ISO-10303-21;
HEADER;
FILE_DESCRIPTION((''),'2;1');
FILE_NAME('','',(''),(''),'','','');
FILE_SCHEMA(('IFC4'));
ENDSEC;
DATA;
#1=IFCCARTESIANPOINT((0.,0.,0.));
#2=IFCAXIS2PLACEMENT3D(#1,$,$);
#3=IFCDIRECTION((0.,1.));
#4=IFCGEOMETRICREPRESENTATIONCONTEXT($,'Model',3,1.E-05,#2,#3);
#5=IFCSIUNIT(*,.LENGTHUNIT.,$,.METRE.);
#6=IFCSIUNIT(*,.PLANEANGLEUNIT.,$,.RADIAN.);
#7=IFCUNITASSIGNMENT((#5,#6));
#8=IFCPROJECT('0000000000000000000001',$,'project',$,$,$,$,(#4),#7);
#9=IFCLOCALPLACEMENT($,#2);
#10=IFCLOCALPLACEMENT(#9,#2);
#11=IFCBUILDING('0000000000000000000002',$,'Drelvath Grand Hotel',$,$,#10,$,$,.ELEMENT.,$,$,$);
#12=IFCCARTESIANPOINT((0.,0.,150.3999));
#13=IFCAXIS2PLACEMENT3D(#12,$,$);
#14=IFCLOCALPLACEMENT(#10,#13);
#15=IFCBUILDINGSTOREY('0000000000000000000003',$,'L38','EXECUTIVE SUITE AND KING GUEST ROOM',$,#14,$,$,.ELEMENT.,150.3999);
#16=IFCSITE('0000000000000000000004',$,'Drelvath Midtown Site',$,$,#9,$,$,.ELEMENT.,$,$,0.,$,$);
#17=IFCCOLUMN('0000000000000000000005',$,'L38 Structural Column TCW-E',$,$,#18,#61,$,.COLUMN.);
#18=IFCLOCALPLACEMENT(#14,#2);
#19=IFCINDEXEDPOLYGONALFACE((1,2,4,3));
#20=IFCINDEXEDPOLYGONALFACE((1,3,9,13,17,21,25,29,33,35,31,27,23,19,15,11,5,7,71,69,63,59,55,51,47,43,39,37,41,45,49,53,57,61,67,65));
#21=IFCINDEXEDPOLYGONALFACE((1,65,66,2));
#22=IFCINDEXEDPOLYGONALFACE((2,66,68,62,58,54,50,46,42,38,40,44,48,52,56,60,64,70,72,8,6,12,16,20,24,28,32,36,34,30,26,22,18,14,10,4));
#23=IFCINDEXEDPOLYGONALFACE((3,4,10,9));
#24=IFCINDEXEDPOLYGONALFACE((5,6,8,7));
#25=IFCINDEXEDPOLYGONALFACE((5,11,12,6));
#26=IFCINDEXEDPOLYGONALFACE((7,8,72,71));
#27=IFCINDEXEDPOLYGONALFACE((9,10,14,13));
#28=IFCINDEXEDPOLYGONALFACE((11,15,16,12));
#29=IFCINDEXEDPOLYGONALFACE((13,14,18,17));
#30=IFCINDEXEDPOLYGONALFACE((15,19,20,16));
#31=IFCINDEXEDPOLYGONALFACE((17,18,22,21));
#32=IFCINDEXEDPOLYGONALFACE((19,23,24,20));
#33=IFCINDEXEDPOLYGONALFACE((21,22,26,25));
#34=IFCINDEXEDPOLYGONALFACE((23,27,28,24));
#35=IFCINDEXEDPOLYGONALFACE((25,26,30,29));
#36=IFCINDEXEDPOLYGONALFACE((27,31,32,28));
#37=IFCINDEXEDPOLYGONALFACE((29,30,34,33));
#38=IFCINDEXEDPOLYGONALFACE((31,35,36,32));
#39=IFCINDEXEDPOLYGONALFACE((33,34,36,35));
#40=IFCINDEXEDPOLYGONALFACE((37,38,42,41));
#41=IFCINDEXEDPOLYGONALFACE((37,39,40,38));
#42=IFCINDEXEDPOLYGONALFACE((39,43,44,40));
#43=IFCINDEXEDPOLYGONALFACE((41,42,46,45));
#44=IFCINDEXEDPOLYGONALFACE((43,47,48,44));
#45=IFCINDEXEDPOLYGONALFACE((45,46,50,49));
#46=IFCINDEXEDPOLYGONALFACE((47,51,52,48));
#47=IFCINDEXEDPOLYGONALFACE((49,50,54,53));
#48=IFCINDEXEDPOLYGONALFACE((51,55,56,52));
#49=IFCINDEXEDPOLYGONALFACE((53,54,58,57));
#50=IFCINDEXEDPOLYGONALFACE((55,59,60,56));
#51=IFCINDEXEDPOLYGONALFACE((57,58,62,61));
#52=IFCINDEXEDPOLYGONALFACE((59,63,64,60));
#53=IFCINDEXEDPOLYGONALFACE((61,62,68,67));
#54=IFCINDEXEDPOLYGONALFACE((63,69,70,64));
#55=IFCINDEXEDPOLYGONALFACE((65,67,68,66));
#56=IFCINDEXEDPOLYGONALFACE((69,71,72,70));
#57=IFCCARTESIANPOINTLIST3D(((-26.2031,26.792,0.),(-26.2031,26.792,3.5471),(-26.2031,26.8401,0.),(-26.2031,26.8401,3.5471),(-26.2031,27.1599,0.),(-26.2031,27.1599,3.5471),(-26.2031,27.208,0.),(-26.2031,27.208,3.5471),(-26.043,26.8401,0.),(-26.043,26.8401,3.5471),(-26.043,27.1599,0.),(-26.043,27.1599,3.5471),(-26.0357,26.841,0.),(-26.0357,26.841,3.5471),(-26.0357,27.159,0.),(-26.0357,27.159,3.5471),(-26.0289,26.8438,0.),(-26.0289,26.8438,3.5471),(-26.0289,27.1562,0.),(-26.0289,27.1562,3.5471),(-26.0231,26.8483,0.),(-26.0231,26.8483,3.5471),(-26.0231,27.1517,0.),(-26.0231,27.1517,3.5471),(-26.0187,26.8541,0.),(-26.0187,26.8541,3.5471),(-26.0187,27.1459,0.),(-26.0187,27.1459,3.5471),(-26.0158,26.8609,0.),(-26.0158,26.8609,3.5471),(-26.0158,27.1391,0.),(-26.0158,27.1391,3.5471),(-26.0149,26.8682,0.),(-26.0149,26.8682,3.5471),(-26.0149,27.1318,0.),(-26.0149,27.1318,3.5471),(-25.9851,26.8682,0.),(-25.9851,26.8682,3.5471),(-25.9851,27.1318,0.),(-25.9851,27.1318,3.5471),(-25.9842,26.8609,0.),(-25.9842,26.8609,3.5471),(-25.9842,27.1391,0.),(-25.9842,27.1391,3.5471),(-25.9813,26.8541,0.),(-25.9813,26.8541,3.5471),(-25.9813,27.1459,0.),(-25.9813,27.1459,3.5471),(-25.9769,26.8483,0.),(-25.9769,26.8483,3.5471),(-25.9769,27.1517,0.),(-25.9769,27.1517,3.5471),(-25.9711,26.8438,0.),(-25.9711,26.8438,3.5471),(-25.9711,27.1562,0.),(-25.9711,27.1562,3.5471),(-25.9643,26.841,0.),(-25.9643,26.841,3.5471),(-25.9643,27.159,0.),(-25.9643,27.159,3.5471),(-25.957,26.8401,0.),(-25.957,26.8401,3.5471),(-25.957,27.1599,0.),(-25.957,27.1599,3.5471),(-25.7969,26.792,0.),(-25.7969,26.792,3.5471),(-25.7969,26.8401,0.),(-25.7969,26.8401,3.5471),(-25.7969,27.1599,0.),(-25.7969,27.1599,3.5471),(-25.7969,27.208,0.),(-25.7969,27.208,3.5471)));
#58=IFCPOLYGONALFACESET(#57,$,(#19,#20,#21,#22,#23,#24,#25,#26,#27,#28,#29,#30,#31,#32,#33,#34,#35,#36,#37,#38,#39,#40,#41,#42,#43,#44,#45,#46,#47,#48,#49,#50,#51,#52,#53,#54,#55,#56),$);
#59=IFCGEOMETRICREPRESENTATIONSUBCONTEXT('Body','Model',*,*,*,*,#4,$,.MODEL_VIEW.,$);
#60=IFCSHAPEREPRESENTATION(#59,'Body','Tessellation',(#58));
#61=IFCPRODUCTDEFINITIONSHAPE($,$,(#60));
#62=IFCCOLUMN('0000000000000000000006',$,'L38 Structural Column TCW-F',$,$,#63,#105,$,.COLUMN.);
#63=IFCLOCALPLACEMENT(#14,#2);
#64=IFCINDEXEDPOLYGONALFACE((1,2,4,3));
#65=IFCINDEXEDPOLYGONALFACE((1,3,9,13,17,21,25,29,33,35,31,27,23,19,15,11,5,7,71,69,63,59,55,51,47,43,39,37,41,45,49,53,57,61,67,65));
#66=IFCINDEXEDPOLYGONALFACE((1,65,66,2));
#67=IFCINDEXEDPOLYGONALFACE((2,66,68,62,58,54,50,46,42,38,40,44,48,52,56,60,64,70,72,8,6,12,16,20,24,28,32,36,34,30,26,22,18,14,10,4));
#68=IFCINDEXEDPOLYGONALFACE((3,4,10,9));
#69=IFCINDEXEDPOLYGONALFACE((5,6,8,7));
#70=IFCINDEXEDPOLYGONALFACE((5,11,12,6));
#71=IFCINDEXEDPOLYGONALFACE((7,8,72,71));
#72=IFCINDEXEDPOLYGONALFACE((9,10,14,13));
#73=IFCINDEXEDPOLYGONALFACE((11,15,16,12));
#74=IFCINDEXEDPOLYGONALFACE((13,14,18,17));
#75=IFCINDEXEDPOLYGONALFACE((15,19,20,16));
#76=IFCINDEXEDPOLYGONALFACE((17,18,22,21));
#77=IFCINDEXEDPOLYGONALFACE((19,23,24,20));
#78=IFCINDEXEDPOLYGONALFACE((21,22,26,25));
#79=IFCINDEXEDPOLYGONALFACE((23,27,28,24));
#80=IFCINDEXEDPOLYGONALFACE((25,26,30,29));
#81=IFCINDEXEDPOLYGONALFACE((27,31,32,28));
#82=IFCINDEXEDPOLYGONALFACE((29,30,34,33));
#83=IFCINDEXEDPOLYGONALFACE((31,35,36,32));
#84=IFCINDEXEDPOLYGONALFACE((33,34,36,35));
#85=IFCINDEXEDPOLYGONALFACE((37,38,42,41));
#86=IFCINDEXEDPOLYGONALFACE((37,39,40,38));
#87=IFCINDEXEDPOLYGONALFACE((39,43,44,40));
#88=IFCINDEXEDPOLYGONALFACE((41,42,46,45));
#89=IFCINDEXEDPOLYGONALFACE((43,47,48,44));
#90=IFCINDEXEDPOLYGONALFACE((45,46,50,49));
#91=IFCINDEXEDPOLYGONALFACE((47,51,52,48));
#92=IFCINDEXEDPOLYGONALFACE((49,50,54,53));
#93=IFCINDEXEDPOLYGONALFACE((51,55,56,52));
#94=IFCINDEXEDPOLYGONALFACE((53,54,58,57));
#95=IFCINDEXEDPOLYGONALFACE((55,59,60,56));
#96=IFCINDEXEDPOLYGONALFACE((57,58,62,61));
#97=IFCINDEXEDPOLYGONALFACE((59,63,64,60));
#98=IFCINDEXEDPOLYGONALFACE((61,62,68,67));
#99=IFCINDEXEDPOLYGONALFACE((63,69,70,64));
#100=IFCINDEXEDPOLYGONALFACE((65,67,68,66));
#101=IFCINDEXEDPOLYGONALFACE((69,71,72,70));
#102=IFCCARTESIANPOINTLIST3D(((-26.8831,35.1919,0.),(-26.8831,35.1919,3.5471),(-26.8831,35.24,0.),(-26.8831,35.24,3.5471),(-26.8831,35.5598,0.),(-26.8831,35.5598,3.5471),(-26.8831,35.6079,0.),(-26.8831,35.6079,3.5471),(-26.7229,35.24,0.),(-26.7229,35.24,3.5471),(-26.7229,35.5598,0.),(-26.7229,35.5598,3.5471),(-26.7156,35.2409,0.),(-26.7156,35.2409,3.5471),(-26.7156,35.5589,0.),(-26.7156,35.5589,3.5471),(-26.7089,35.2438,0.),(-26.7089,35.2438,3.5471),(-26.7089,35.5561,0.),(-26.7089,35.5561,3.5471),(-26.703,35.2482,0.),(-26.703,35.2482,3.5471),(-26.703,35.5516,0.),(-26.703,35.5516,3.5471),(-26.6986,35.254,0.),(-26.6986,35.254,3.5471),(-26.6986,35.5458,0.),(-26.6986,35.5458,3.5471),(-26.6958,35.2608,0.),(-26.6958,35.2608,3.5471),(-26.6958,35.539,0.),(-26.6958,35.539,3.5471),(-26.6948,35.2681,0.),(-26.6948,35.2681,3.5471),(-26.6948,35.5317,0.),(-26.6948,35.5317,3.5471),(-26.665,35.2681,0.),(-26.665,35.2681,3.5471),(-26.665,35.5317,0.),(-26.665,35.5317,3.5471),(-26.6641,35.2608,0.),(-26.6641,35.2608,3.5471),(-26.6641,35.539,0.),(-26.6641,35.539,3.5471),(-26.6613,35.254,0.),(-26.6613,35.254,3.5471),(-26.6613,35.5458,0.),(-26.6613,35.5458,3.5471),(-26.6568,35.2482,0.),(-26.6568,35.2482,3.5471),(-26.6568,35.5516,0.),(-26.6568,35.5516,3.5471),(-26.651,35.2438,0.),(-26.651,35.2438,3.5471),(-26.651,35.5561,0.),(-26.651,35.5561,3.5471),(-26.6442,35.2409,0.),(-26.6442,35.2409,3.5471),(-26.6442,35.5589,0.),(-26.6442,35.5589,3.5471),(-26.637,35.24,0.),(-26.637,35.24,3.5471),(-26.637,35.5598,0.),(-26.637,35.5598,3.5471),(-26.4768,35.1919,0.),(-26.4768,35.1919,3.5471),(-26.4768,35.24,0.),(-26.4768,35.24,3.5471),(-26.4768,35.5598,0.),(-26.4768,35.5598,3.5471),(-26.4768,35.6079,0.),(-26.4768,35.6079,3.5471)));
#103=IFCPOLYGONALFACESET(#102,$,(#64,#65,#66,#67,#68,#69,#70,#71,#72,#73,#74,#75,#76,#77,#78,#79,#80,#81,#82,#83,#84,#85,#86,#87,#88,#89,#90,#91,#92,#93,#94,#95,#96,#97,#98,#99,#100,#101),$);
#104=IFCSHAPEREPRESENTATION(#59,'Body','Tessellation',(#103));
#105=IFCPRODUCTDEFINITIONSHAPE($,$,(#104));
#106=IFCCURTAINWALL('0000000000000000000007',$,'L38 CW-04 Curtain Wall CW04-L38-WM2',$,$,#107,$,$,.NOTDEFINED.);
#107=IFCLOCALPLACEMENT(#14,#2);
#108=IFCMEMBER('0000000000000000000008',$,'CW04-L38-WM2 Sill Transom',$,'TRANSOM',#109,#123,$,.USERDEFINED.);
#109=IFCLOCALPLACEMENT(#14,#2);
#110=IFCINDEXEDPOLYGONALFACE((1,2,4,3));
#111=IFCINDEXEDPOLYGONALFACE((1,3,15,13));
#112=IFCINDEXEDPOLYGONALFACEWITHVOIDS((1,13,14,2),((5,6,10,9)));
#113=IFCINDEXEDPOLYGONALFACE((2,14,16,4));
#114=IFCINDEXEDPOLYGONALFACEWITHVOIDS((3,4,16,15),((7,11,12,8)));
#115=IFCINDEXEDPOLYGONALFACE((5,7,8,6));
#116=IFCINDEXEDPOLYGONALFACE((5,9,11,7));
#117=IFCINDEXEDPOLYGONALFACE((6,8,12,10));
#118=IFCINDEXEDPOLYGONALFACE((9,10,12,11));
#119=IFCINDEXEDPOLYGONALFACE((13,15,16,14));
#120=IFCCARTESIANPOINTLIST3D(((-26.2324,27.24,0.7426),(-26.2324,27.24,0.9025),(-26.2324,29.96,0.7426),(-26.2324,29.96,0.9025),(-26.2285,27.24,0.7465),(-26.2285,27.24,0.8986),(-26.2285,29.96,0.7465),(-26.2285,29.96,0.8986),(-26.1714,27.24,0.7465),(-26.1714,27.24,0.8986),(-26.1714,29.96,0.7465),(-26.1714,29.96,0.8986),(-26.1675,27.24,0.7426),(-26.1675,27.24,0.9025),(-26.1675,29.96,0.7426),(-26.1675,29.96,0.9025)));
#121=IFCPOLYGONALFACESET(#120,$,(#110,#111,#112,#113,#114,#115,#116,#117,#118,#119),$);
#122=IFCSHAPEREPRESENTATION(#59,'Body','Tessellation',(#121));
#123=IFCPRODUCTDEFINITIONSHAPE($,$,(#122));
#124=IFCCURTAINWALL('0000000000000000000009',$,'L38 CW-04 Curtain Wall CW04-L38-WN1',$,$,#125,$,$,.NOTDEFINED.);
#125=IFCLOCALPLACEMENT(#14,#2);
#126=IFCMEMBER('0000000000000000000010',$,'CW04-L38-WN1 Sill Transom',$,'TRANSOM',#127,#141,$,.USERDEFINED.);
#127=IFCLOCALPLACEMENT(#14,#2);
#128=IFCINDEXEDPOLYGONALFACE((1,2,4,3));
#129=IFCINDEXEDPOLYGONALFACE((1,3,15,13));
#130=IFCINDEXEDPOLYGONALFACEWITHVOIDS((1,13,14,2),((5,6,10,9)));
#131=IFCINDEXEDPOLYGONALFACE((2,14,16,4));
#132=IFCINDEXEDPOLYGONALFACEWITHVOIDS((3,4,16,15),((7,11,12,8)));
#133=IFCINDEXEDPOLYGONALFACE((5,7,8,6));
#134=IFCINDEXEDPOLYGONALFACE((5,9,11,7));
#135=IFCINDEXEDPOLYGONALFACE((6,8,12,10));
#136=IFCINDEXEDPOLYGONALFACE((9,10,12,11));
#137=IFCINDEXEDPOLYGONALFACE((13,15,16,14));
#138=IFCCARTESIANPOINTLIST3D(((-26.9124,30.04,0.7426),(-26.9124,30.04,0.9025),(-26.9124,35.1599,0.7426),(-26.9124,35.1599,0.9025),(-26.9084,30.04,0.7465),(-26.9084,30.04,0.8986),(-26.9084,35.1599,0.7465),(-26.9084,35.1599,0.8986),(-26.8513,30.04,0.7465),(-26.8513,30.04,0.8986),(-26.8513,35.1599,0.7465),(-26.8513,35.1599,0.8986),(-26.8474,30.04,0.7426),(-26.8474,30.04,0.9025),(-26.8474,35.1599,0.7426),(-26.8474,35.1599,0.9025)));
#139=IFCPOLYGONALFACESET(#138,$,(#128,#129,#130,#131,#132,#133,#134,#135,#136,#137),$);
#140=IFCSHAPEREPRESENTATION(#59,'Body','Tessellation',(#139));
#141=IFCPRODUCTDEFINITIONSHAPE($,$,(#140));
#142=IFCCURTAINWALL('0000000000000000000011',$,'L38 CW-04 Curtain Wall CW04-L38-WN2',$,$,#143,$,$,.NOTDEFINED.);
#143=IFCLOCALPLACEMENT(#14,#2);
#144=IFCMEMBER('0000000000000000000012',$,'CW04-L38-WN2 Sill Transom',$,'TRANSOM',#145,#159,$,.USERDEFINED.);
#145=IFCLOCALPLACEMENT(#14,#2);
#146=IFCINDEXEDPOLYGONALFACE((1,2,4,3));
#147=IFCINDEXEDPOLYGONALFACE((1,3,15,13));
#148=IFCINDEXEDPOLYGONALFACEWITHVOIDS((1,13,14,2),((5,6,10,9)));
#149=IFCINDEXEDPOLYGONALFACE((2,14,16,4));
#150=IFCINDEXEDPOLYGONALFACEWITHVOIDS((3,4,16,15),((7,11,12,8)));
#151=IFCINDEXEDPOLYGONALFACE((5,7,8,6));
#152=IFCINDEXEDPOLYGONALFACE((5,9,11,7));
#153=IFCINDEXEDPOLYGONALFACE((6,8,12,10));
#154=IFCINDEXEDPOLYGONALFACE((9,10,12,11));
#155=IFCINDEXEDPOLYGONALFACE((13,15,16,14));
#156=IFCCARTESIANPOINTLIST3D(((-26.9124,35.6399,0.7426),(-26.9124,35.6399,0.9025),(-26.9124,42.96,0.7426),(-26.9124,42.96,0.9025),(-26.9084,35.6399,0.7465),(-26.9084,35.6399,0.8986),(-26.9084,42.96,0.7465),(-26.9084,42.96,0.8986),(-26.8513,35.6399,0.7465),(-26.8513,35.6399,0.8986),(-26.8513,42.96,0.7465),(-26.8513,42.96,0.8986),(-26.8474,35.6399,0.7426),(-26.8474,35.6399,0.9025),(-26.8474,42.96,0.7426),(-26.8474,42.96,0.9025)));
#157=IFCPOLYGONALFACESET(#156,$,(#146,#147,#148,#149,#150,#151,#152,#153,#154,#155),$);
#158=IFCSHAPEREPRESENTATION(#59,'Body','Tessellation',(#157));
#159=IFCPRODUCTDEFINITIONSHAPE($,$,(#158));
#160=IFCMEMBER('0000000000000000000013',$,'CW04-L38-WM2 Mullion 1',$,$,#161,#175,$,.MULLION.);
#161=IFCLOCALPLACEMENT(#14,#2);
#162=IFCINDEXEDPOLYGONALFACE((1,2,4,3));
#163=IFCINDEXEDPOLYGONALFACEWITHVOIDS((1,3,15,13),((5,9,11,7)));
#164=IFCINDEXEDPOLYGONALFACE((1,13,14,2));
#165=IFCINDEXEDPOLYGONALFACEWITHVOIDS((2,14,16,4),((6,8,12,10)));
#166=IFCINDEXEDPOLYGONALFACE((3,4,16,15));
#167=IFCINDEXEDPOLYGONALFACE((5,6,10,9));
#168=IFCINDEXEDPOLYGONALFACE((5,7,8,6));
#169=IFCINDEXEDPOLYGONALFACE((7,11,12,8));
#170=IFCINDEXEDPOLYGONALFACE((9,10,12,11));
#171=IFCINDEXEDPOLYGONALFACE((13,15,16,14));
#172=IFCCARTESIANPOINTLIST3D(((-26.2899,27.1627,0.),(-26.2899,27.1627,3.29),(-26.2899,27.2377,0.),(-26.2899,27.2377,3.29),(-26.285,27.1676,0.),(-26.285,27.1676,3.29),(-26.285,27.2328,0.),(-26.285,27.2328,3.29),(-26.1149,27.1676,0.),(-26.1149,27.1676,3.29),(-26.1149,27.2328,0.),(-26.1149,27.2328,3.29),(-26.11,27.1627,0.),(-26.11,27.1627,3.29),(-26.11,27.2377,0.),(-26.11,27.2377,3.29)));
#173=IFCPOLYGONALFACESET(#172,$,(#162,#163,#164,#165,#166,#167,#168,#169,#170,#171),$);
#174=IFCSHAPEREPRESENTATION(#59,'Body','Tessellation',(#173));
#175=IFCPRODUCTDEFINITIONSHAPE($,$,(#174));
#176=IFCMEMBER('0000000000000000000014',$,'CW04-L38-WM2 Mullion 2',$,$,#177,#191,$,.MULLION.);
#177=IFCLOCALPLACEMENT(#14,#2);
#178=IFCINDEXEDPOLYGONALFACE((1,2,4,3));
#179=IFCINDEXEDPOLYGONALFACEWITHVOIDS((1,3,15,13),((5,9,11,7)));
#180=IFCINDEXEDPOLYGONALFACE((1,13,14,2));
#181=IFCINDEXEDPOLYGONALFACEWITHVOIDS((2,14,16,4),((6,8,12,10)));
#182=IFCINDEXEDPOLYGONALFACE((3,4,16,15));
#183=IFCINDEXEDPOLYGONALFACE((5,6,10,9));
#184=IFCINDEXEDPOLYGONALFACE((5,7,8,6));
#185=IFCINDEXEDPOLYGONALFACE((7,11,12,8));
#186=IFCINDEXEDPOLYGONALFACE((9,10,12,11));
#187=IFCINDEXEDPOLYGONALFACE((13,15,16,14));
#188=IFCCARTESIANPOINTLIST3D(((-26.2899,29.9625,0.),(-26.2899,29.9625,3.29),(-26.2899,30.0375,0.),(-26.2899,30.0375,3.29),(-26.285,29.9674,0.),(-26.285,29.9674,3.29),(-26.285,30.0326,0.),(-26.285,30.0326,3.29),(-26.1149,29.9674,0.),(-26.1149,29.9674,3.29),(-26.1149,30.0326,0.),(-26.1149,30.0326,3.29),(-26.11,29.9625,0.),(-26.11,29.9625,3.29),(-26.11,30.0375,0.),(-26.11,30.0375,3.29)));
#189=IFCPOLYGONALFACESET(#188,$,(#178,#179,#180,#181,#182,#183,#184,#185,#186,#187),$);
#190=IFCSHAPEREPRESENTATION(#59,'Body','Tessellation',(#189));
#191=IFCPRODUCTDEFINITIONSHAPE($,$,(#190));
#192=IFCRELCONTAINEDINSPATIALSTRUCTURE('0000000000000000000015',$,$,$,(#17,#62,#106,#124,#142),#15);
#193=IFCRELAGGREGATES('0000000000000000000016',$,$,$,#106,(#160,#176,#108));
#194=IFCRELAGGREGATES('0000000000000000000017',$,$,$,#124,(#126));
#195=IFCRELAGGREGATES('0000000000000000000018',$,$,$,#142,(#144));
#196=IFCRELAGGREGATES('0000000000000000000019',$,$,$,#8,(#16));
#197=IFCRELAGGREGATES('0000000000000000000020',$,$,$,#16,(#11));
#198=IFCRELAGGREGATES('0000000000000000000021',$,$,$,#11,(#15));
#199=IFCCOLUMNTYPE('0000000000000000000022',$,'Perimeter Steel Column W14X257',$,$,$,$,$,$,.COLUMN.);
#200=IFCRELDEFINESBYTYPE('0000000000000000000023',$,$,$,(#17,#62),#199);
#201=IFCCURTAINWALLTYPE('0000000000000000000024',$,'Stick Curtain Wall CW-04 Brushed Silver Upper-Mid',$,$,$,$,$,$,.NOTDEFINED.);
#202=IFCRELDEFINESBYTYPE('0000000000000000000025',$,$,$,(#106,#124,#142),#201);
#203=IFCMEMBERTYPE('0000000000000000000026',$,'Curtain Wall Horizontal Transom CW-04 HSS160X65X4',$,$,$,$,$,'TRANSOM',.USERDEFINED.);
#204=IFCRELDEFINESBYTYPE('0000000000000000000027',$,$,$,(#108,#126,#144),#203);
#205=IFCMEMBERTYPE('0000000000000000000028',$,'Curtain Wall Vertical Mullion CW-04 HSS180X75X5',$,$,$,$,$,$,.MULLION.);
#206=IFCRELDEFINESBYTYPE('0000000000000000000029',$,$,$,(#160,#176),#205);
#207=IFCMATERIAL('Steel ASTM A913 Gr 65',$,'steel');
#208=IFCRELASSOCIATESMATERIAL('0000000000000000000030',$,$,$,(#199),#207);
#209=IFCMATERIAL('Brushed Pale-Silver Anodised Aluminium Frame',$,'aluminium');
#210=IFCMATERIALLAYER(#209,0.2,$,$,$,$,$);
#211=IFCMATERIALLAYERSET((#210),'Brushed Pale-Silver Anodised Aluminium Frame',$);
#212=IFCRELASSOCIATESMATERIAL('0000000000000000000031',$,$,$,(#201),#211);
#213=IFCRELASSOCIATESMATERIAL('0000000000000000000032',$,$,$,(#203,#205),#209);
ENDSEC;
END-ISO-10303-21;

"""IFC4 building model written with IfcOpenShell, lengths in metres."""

from ifc_helpers import new_model, si_unit, direction, frame, origin, origin_2d, place, context, subcontext, project, spatial, hollow_rectangle, i_section, extrude, material, layer, layer_set, material_profile, profile_set, type_object, element, aggregate, save


model = new_model("IFC4")

# Units and contexts
model_context = context("Model", 3, precision=1e-05, world=origin(), true_north=direction((0.0, 1.0)))
body_context = subcontext(model_context, "Body", "Model", "MODEL_VIEW")
ifc_project = project(units=[si_unit("LENGTHUNIT", "METRE"), si_unit("PLANEANGLEUNIT", "RADIAN")], contexts=[model_context])

# Site, building, storey
site_placement = place(None, origin())
site = spatial("IfcSite", under=ifc_project, at=site_placement, Name="Drelvath Midtown Site", CompositionType="ELEMENT", RefElevation=0.0)
building_placement = place(site_placement, origin())
building = spatial("IfcBuilding", under=site, at=building_placement, Name="Drelvath Grand Hotel", CompositionType="ELEMENT")
storey_placement = place(building_placement, frame((0.0, 0.0, 150.3999)))
storey = spatial("IfcBuildingStorey", under=building, at=storey_placement, Name="L38", Description="EXECUTIVE SUITE AND KING GUEST ROOM", CompositionType="ELEMENT", Elevation=150.3999)

# Columns
ifc_material_1 = material(Name="Steel ASTM A913 Gr 65", Category="steel")
ifc_material_profile_1 = material_profile(ifc_material_1, i_section(OverallWidth=0.4062, OverallDepth=0.416, WebThickness=0.0298, FlangeThickness=0.0481, FilletRadius=0.0281, at=origin_2d()), Name="W14X257")
ifc_profile_set_1 = profile_set([ifc_material_profile_1], Name="Steel ASTM A913 Gr 65")
column_type = type_object("IfcColumnType", Name="Perimeter Steel Column W14X257", PredefinedType="COLUMN", material=ifc_profile_set_1)
for number, where, z_axis, x_axis, name in (
    (1, (-26.0, 27.0, 0.0), (0.0, 0.0, 1.0), (1.0, 0.0, 0.0), "L38 Structural Column TCW-E"),
    (2, (-26.6799, 35.3999, 0.0), (0.0, 0.0, 1.0), (1.0, 0.0, 0.0), "L38 Structural Column TCW-F"),
):
    element("IfcColumn", number, at=place(storey_placement, frame(where, z_axis=z_axis, x_axis=x_axis)), inside=storey, type_object=column_type, Name=name, PredefinedType="COLUMN", context=body_context, shape_type="SweptSolid", body=[
        extrude(i_section(OverallWidth=0.4062, OverallDepth=0.416, WebThickness=0.0298, FlangeThickness=0.0481, FilletRadius=0.0281, at=origin_2d()), origin(), (0.0, 0.0, 1.0), 3.5471),
    ])

# Curtain walls, members
ifc_material_2 = material(Name="Brushed Pale-Silver Anodised Aluminium Frame", Category="aluminium")
ifc_layer_1 = layer(ifc_material_2, 0.2)
ifc_layer_set_1 = layer_set([ifc_layer_1], Name="Brushed Pale-Silver Anodised Aluminium Frame")
curtain_wall_type = type_object("IfcCurtainWallType", Name="Stick Curtain Wall CW-04 Brushed Silver Upper-Mid", PredefinedType="NOTDEFINED", material=ifc_layer_set_1)
curtain_wall_1_placement = place(storey_placement, origin())
curtain_wall_1 = element("IfcCurtainWall", 3, at=curtain_wall_1_placement, inside=storey, type_object=curtain_wall_type, Name="L38 CW-04 Curtain Wall CW04-L38-WM2", PredefinedType="NOTDEFINED")
ifc_material_profile_2 = material_profile(ifc_material_2, hollow_rectangle(XDim=0.0649, YDim=0.1599, WallThickness=0.0039, at=origin_2d()), Name="HSS160X65X4")
ifc_profile_set_2 = profile_set([ifc_material_profile_2], Name="Brushed Pale-Silver Anodised Aluminium Frame")
member_type_1 = type_object("IfcMemberType", Name="Curtain Wall Horizontal Transom CW-04 HSS160X65X4", ElementType="TRANSOM", PredefinedType="USERDEFINED", material=ifc_profile_set_2)
member_1_placement = place(storey_placement, frame((-26.2, 27.24, 0.8225), z_axis=(0.0, 1.0, 0.0), x_axis=(-1.0, 0.0, 0.0)))
member_1 = element("IfcMember", 4, at=member_1_placement, type_object=member_type_1, Name="CW04-L38-WM2 Sill Transom", ObjectType="TRANSOM", PredefinedType="USERDEFINED", context=body_context, shape_type="SweptSolid", body=[
    extrude(hollow_rectangle(XDim=0.0649, YDim=0.1599, WallThickness=0.0039, at=origin_2d()), origin(), (0.0, 0.0, 1.0), 2.72),
])
curtain_wall_2_placement = place(storey_placement, origin())
curtain_wall_2 = element("IfcCurtainWall", 5, at=curtain_wall_2_placement, inside=storey, type_object=curtain_wall_type, Name="L38 CW-04 Curtain Wall CW04-L38-WN1", PredefinedType="NOTDEFINED")
member_2_placement = place(storey_placement, frame((-26.8799, 30.04, 0.8225), z_axis=(0.0, 1.0, 0.0), x_axis=(-1.0, 0.0, 0.0)))
member_2 = element("IfcMember", 6, at=member_2_placement, type_object=member_type_1, Name="CW04-L38-WN1 Sill Transom", ObjectType="TRANSOM", PredefinedType="USERDEFINED", context=body_context, shape_type="SweptSolid", body=[
    extrude(hollow_rectangle(XDim=0.0649, YDim=0.1599, WallThickness=0.0039, at=origin_2d()), origin(), (0.0, 0.0, 1.0), 5.1199),
])
curtain_wall_3_placement = place(storey_placement, origin())
curtain_wall_3 = element("IfcCurtainWall", 7, at=curtain_wall_3_placement, inside=storey, type_object=curtain_wall_type, Name="L38 CW-04 Curtain Wall CW04-L38-WN2", PredefinedType="NOTDEFINED")
member_3_placement = place(storey_placement, frame((-26.8799, 35.6399, 0.8225), z_axis=(0.0, 1.0, 0.0), x_axis=(-1.0, 0.0, 0.0)))
member_3 = element("IfcMember", 8, at=member_3_placement, type_object=member_type_1, Name="CW04-L38-WN2 Sill Transom", ObjectType="TRANSOM", PredefinedType="USERDEFINED", context=body_context, shape_type="SweptSolid", body=[
    extrude(hollow_rectangle(XDim=0.0649, YDim=0.1599, WallThickness=0.0039, at=origin_2d()), origin(), (0.0, 0.0, 1.0), 7.3201),
])

# Members
ifc_material_profile_3 = material_profile(ifc_material_2, hollow_rectangle(XDim=0.075, YDim=0.1799, WallThickness=0.0049, at=origin_2d()), Name="HSS180X75X5")
ifc_profile_set_3 = profile_set([ifc_material_profile_3], Name="Brushed Pale-Silver Anodised Aluminium Frame")
member_type_2 = type_object("IfcMemberType", Name="Curtain Wall Vertical Mullion CW-04 HSS180X75X5", PredefinedType="MULLION", material=ifc_profile_set_3)
member_4_placement = place(storey_placement, frame((-26.2, 27.2002, 0.0), z_axis=(0.0, 0.0, 1.0), x_axis=(0.0, 1.0, 0.0)))
member_4 = element("IfcMember", 9, at=member_4_placement, type_object=member_type_2, Name="CW04-L38-WM2 Mullion 1", PredefinedType="MULLION", context=body_context, shape_type="SweptSolid", body=[
    extrude(hollow_rectangle(XDim=0.075, YDim=0.1799, WallThickness=0.0049, at=origin_2d()), origin(), (0.0, 0.0, 1.0), 3.29),
])
member_5_placement = place(storey_placement, frame((-26.2, 30.0, 0.0), z_axis=(0.0, 0.0, 1.0), x_axis=(0.0, 1.0, 0.0)))
member_5 = element("IfcMember", 10, at=member_5_placement, type_object=member_type_2, Name="CW04-L38-WM2 Mullion 2", PredefinedType="MULLION", context=body_context, shape_type="SweptSolid", body=[
    extrude(hollow_rectangle(XDim=0.075, YDim=0.1799, WallThickness=0.0049, at=origin_2d()), origin(), (0.0, 0.0, 1.0), 3.29),
])

aggregate(curtain_wall_1, [member_4, member_5, member_1])
aggregate(curtain_wall_2, [member_2])
aggregate(curtain_wall_3, [member_3])

save(model, "model.ifc")
